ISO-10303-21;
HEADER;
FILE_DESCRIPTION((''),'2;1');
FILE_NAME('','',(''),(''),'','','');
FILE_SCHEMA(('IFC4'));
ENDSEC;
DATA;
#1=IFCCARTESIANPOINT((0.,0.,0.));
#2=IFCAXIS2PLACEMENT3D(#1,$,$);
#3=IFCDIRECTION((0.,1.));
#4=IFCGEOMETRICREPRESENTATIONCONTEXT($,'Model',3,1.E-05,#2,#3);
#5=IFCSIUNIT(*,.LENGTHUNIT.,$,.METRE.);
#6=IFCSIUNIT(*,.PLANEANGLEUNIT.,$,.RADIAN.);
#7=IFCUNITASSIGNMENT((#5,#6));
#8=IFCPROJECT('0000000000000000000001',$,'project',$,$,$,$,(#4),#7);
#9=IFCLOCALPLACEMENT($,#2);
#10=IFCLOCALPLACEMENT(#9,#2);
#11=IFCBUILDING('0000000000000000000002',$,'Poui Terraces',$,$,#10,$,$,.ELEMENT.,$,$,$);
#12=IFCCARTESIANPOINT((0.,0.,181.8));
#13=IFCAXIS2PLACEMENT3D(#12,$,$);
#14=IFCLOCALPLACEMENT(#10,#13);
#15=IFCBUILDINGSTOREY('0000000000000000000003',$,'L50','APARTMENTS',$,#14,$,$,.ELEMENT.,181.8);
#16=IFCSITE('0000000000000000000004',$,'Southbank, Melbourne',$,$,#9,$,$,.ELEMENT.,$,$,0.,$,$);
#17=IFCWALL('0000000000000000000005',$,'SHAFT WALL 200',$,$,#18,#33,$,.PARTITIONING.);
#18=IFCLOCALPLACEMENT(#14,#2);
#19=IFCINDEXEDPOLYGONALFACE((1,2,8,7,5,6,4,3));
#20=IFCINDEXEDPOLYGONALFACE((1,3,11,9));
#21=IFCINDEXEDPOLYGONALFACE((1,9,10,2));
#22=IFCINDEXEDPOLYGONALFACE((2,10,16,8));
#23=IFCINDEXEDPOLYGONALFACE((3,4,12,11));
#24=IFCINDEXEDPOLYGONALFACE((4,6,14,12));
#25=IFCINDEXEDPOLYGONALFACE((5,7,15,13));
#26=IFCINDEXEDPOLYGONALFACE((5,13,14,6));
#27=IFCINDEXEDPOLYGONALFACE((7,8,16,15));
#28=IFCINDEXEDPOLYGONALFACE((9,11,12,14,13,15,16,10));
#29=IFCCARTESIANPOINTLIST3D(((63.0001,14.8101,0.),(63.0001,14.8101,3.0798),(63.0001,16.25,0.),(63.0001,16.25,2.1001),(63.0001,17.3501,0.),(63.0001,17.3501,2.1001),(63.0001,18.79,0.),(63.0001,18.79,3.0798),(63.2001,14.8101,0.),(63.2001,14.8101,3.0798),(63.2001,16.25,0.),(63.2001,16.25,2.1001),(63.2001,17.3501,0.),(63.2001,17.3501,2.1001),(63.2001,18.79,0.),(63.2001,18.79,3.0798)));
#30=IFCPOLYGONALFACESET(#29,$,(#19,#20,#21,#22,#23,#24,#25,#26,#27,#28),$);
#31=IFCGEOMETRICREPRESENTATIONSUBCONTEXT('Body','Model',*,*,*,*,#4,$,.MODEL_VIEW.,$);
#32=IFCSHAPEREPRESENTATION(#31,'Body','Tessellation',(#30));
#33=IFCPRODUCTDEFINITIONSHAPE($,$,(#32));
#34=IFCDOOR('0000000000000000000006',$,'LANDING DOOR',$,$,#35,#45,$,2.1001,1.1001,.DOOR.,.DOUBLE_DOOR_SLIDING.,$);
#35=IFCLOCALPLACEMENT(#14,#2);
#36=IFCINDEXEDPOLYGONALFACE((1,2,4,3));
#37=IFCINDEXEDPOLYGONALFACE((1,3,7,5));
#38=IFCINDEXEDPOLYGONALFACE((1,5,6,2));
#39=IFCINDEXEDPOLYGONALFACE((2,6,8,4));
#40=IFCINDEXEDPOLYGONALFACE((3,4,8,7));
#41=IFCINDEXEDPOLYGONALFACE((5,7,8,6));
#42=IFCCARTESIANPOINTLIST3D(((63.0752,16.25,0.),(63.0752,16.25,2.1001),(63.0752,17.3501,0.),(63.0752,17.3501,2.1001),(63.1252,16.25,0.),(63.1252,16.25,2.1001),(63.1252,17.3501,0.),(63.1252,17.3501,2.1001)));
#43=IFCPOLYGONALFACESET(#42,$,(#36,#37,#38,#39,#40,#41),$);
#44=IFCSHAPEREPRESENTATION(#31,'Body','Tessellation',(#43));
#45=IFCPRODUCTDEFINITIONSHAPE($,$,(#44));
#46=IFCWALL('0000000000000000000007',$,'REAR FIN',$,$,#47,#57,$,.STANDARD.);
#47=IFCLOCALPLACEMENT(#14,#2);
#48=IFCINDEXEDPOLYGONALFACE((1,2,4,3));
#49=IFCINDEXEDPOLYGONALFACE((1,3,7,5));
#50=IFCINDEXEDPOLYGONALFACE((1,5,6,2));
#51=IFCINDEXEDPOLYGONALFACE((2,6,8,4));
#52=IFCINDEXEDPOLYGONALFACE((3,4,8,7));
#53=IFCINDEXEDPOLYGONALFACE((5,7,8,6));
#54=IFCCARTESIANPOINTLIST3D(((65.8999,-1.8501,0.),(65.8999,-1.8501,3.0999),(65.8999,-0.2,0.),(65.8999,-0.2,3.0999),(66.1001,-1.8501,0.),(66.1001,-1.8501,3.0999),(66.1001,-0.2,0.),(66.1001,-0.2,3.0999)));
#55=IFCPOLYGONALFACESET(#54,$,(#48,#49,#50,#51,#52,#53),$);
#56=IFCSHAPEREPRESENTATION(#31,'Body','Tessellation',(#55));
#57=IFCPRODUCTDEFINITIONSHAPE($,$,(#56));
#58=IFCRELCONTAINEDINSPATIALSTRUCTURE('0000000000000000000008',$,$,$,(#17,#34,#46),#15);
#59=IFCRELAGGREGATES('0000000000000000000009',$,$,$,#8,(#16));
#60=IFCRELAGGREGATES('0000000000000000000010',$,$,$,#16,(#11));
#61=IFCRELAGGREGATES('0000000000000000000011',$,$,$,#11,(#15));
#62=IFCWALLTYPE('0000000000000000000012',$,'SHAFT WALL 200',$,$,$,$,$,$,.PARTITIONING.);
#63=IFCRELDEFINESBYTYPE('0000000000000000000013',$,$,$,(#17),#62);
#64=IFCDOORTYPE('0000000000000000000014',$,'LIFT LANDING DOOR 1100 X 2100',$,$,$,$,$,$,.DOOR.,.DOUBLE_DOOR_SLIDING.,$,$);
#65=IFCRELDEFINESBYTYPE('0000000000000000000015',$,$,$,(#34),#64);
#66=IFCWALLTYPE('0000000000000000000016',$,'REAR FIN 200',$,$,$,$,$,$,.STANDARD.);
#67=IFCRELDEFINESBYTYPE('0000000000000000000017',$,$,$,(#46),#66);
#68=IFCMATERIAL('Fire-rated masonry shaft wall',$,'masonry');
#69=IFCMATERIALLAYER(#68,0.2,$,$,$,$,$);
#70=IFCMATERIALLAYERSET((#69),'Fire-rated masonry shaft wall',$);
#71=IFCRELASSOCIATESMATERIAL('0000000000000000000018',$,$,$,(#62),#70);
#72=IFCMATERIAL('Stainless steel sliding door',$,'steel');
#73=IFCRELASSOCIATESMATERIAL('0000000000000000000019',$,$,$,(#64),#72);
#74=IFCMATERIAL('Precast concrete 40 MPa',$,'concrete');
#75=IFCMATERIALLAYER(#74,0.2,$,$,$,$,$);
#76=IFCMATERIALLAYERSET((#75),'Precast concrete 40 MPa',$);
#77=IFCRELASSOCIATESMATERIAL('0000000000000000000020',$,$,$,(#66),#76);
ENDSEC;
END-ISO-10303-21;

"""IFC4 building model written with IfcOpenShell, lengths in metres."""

from ifc_helpers import new_model, si_unit, direction, frame, frame_2d, origin, place, context, subcontext, project, spatial, polyline, rectangle, outline, extrude, source, transform, mapped, material, layer, layer_set, type_object, element, fill, save


model = new_model("IFC4")

# Units and contexts
model_context = context("Model", 3, precision=1e-05, world=origin(), true_north=direction((0.0, 1.0)))
body_context = subcontext(model_context, "Body", "Model", "MODEL_VIEW")
ifc_project = project(units=[si_unit("LENGTHUNIT", "METRE"), si_unit("PLANEANGLEUNIT", "RADIAN")], contexts=[model_context])

# Site, building, storey
site_placement = place(None, origin())
site = spatial("IfcSite", under=ifc_project, at=site_placement, Name="Southbank, Melbourne", CompositionType="ELEMENT", RefElevation=0.0)
building_placement = place(site_placement, origin())
building = spatial("IfcBuilding", under=site, at=building_placement, Name="Poui Terraces", CompositionType="ELEMENT")
storey_placement = place(building_placement, frame((0.0, 0.0, 181.8)))
storey = spatial("IfcBuildingStorey", under=building, at=storey_placement, Name="L50", Description="APARTMENTS", CompositionType="ELEMENT", Elevation=181.8)

# Shared definitions
ifc_material_1 = material(Name="Precast concrete 40 MPa", Category="concrete")

# Shared definitions
ifc_material_2 = material(Name="Fire-rated masonry shaft wall", Category="masonry")
ifc_layer_1 = layer(ifc_material_2, 0.2)
ifc_layer_set_1 = layer_set([ifc_layer_1], Name="Fire-rated masonry shaft wall")
wall_type_1 = type_object("IfcWallType", Name="SHAFT WALL 200", PredefinedType="PARTITIONING", material=ifc_layer_set_1)

# Wall, opening, door
wall_1_placement = place(storey_placement, frame((63.1001, 14.8101, 0.0), z_axis=(0.0, 0.0, 1.0), x_axis=(0.0, 1.0, 0.0)))
wall_1 = element("IfcWall", 1, at=wall_1_placement, inside=storey, type_object=wall_type_1, Name="SHAFT WALL 200", PredefinedType="PARTITIONING", context=body_context, shape_type="SweptSolid", body=[
    extrude(rectangle(XDim=3.98, YDim=0.2, at=frame_2d((1.99, 0.0))), origin(), (0.0, 0.0, 1.0), 3.0798),
])
opening_1_placement = place(wall_1_placement, frame((1.4399, 0.0, 0.0)))
opening_1 = element("IfcOpeningElement", 2, at=opening_1_placement, cuts=wall_1, PredefinedType="OPENING", context=body_context, shape_type="SweptSolid", body=[
    extrude(rectangle(XDim=1.1001, YDim=2.1001, at=frame_2d((0.55, 1.05))), frame((0.0, 0.1099, 0.0), z_axis=(0.0, -1.0, 0.0), x_axis=(1.0, 0.0, 0.0)), (0.0, 0.0, 1.0), 0.22),
])
ifc_material_3 = material(Name="Stainless steel sliding door", Category="steel")
door_type_1 = type_object("IfcDoorType", Name="LIFT LANDING DOOR 1100 X 2100", OperationType="DOUBLE_DOOR_SLIDING", PredefinedType="DOOR", material=ifc_material_3)
door_1_placement = place(opening_1_placement, origin())
door_1 = element("IfcDoor", 3, at=door_1_placement, inside=storey, type_object=door_type_1, Name="LANDING DOOR", OperationType="DOUBLE_DOOR_SLIDING", OverallHeight=2.1001, OverallWidth=1.1001, PredefinedType="DOOR", context=body_context, shape_type="SweptSolid", body=[
    extrude(rectangle(XDim=1.1001, YDim=2.1001, at=frame_2d((0.55, 1.05))), frame((0.0, 0.0249, 0.0), z_axis=(0.0, -1.0, 0.0), x_axis=(1.0, 0.0, 0.0)), (0.0, 0.0, 1.0), 0.05),
])
fill(opening_1, door_1)

# Wall
ifc_layer_2 = layer(ifc_material_1, 0.2)
ifc_layer_set_2 = layer_set([ifc_layer_2], Name="Precast concrete 40 MPa")
wall_type_2 = type_object("IfcWallType", Name="REAR FIN 200", PredefinedType="STANDARD", material=ifc_layer_set_2)
shared_shape_1 = source(origin(), body_context, "Body", "SweptSolid", [
    extrude(outline(polyline([(0.0, 0.0), (0.2002, 0.0), (0.2002, 1.6501), (0.0, 1.6501), (0.0, 0.0)])), origin(), (0.0, 0.0, 1.0), 3.0999),
])
wall_2_placement = place(storey_placement, frame((65.8999, -1.8501, 0.0)))
element("IfcWall", 4, at=wall_2_placement, inside=storey, type_object=wall_type_2, Name="REAR FIN", PredefinedType="STANDARD", context=body_context, shape_type="MappedRepresentation", body=[
    mapped(shared_shape_1, transform((0.0, 0.0, 0.0))),
])

save(model, "model.ifc")
